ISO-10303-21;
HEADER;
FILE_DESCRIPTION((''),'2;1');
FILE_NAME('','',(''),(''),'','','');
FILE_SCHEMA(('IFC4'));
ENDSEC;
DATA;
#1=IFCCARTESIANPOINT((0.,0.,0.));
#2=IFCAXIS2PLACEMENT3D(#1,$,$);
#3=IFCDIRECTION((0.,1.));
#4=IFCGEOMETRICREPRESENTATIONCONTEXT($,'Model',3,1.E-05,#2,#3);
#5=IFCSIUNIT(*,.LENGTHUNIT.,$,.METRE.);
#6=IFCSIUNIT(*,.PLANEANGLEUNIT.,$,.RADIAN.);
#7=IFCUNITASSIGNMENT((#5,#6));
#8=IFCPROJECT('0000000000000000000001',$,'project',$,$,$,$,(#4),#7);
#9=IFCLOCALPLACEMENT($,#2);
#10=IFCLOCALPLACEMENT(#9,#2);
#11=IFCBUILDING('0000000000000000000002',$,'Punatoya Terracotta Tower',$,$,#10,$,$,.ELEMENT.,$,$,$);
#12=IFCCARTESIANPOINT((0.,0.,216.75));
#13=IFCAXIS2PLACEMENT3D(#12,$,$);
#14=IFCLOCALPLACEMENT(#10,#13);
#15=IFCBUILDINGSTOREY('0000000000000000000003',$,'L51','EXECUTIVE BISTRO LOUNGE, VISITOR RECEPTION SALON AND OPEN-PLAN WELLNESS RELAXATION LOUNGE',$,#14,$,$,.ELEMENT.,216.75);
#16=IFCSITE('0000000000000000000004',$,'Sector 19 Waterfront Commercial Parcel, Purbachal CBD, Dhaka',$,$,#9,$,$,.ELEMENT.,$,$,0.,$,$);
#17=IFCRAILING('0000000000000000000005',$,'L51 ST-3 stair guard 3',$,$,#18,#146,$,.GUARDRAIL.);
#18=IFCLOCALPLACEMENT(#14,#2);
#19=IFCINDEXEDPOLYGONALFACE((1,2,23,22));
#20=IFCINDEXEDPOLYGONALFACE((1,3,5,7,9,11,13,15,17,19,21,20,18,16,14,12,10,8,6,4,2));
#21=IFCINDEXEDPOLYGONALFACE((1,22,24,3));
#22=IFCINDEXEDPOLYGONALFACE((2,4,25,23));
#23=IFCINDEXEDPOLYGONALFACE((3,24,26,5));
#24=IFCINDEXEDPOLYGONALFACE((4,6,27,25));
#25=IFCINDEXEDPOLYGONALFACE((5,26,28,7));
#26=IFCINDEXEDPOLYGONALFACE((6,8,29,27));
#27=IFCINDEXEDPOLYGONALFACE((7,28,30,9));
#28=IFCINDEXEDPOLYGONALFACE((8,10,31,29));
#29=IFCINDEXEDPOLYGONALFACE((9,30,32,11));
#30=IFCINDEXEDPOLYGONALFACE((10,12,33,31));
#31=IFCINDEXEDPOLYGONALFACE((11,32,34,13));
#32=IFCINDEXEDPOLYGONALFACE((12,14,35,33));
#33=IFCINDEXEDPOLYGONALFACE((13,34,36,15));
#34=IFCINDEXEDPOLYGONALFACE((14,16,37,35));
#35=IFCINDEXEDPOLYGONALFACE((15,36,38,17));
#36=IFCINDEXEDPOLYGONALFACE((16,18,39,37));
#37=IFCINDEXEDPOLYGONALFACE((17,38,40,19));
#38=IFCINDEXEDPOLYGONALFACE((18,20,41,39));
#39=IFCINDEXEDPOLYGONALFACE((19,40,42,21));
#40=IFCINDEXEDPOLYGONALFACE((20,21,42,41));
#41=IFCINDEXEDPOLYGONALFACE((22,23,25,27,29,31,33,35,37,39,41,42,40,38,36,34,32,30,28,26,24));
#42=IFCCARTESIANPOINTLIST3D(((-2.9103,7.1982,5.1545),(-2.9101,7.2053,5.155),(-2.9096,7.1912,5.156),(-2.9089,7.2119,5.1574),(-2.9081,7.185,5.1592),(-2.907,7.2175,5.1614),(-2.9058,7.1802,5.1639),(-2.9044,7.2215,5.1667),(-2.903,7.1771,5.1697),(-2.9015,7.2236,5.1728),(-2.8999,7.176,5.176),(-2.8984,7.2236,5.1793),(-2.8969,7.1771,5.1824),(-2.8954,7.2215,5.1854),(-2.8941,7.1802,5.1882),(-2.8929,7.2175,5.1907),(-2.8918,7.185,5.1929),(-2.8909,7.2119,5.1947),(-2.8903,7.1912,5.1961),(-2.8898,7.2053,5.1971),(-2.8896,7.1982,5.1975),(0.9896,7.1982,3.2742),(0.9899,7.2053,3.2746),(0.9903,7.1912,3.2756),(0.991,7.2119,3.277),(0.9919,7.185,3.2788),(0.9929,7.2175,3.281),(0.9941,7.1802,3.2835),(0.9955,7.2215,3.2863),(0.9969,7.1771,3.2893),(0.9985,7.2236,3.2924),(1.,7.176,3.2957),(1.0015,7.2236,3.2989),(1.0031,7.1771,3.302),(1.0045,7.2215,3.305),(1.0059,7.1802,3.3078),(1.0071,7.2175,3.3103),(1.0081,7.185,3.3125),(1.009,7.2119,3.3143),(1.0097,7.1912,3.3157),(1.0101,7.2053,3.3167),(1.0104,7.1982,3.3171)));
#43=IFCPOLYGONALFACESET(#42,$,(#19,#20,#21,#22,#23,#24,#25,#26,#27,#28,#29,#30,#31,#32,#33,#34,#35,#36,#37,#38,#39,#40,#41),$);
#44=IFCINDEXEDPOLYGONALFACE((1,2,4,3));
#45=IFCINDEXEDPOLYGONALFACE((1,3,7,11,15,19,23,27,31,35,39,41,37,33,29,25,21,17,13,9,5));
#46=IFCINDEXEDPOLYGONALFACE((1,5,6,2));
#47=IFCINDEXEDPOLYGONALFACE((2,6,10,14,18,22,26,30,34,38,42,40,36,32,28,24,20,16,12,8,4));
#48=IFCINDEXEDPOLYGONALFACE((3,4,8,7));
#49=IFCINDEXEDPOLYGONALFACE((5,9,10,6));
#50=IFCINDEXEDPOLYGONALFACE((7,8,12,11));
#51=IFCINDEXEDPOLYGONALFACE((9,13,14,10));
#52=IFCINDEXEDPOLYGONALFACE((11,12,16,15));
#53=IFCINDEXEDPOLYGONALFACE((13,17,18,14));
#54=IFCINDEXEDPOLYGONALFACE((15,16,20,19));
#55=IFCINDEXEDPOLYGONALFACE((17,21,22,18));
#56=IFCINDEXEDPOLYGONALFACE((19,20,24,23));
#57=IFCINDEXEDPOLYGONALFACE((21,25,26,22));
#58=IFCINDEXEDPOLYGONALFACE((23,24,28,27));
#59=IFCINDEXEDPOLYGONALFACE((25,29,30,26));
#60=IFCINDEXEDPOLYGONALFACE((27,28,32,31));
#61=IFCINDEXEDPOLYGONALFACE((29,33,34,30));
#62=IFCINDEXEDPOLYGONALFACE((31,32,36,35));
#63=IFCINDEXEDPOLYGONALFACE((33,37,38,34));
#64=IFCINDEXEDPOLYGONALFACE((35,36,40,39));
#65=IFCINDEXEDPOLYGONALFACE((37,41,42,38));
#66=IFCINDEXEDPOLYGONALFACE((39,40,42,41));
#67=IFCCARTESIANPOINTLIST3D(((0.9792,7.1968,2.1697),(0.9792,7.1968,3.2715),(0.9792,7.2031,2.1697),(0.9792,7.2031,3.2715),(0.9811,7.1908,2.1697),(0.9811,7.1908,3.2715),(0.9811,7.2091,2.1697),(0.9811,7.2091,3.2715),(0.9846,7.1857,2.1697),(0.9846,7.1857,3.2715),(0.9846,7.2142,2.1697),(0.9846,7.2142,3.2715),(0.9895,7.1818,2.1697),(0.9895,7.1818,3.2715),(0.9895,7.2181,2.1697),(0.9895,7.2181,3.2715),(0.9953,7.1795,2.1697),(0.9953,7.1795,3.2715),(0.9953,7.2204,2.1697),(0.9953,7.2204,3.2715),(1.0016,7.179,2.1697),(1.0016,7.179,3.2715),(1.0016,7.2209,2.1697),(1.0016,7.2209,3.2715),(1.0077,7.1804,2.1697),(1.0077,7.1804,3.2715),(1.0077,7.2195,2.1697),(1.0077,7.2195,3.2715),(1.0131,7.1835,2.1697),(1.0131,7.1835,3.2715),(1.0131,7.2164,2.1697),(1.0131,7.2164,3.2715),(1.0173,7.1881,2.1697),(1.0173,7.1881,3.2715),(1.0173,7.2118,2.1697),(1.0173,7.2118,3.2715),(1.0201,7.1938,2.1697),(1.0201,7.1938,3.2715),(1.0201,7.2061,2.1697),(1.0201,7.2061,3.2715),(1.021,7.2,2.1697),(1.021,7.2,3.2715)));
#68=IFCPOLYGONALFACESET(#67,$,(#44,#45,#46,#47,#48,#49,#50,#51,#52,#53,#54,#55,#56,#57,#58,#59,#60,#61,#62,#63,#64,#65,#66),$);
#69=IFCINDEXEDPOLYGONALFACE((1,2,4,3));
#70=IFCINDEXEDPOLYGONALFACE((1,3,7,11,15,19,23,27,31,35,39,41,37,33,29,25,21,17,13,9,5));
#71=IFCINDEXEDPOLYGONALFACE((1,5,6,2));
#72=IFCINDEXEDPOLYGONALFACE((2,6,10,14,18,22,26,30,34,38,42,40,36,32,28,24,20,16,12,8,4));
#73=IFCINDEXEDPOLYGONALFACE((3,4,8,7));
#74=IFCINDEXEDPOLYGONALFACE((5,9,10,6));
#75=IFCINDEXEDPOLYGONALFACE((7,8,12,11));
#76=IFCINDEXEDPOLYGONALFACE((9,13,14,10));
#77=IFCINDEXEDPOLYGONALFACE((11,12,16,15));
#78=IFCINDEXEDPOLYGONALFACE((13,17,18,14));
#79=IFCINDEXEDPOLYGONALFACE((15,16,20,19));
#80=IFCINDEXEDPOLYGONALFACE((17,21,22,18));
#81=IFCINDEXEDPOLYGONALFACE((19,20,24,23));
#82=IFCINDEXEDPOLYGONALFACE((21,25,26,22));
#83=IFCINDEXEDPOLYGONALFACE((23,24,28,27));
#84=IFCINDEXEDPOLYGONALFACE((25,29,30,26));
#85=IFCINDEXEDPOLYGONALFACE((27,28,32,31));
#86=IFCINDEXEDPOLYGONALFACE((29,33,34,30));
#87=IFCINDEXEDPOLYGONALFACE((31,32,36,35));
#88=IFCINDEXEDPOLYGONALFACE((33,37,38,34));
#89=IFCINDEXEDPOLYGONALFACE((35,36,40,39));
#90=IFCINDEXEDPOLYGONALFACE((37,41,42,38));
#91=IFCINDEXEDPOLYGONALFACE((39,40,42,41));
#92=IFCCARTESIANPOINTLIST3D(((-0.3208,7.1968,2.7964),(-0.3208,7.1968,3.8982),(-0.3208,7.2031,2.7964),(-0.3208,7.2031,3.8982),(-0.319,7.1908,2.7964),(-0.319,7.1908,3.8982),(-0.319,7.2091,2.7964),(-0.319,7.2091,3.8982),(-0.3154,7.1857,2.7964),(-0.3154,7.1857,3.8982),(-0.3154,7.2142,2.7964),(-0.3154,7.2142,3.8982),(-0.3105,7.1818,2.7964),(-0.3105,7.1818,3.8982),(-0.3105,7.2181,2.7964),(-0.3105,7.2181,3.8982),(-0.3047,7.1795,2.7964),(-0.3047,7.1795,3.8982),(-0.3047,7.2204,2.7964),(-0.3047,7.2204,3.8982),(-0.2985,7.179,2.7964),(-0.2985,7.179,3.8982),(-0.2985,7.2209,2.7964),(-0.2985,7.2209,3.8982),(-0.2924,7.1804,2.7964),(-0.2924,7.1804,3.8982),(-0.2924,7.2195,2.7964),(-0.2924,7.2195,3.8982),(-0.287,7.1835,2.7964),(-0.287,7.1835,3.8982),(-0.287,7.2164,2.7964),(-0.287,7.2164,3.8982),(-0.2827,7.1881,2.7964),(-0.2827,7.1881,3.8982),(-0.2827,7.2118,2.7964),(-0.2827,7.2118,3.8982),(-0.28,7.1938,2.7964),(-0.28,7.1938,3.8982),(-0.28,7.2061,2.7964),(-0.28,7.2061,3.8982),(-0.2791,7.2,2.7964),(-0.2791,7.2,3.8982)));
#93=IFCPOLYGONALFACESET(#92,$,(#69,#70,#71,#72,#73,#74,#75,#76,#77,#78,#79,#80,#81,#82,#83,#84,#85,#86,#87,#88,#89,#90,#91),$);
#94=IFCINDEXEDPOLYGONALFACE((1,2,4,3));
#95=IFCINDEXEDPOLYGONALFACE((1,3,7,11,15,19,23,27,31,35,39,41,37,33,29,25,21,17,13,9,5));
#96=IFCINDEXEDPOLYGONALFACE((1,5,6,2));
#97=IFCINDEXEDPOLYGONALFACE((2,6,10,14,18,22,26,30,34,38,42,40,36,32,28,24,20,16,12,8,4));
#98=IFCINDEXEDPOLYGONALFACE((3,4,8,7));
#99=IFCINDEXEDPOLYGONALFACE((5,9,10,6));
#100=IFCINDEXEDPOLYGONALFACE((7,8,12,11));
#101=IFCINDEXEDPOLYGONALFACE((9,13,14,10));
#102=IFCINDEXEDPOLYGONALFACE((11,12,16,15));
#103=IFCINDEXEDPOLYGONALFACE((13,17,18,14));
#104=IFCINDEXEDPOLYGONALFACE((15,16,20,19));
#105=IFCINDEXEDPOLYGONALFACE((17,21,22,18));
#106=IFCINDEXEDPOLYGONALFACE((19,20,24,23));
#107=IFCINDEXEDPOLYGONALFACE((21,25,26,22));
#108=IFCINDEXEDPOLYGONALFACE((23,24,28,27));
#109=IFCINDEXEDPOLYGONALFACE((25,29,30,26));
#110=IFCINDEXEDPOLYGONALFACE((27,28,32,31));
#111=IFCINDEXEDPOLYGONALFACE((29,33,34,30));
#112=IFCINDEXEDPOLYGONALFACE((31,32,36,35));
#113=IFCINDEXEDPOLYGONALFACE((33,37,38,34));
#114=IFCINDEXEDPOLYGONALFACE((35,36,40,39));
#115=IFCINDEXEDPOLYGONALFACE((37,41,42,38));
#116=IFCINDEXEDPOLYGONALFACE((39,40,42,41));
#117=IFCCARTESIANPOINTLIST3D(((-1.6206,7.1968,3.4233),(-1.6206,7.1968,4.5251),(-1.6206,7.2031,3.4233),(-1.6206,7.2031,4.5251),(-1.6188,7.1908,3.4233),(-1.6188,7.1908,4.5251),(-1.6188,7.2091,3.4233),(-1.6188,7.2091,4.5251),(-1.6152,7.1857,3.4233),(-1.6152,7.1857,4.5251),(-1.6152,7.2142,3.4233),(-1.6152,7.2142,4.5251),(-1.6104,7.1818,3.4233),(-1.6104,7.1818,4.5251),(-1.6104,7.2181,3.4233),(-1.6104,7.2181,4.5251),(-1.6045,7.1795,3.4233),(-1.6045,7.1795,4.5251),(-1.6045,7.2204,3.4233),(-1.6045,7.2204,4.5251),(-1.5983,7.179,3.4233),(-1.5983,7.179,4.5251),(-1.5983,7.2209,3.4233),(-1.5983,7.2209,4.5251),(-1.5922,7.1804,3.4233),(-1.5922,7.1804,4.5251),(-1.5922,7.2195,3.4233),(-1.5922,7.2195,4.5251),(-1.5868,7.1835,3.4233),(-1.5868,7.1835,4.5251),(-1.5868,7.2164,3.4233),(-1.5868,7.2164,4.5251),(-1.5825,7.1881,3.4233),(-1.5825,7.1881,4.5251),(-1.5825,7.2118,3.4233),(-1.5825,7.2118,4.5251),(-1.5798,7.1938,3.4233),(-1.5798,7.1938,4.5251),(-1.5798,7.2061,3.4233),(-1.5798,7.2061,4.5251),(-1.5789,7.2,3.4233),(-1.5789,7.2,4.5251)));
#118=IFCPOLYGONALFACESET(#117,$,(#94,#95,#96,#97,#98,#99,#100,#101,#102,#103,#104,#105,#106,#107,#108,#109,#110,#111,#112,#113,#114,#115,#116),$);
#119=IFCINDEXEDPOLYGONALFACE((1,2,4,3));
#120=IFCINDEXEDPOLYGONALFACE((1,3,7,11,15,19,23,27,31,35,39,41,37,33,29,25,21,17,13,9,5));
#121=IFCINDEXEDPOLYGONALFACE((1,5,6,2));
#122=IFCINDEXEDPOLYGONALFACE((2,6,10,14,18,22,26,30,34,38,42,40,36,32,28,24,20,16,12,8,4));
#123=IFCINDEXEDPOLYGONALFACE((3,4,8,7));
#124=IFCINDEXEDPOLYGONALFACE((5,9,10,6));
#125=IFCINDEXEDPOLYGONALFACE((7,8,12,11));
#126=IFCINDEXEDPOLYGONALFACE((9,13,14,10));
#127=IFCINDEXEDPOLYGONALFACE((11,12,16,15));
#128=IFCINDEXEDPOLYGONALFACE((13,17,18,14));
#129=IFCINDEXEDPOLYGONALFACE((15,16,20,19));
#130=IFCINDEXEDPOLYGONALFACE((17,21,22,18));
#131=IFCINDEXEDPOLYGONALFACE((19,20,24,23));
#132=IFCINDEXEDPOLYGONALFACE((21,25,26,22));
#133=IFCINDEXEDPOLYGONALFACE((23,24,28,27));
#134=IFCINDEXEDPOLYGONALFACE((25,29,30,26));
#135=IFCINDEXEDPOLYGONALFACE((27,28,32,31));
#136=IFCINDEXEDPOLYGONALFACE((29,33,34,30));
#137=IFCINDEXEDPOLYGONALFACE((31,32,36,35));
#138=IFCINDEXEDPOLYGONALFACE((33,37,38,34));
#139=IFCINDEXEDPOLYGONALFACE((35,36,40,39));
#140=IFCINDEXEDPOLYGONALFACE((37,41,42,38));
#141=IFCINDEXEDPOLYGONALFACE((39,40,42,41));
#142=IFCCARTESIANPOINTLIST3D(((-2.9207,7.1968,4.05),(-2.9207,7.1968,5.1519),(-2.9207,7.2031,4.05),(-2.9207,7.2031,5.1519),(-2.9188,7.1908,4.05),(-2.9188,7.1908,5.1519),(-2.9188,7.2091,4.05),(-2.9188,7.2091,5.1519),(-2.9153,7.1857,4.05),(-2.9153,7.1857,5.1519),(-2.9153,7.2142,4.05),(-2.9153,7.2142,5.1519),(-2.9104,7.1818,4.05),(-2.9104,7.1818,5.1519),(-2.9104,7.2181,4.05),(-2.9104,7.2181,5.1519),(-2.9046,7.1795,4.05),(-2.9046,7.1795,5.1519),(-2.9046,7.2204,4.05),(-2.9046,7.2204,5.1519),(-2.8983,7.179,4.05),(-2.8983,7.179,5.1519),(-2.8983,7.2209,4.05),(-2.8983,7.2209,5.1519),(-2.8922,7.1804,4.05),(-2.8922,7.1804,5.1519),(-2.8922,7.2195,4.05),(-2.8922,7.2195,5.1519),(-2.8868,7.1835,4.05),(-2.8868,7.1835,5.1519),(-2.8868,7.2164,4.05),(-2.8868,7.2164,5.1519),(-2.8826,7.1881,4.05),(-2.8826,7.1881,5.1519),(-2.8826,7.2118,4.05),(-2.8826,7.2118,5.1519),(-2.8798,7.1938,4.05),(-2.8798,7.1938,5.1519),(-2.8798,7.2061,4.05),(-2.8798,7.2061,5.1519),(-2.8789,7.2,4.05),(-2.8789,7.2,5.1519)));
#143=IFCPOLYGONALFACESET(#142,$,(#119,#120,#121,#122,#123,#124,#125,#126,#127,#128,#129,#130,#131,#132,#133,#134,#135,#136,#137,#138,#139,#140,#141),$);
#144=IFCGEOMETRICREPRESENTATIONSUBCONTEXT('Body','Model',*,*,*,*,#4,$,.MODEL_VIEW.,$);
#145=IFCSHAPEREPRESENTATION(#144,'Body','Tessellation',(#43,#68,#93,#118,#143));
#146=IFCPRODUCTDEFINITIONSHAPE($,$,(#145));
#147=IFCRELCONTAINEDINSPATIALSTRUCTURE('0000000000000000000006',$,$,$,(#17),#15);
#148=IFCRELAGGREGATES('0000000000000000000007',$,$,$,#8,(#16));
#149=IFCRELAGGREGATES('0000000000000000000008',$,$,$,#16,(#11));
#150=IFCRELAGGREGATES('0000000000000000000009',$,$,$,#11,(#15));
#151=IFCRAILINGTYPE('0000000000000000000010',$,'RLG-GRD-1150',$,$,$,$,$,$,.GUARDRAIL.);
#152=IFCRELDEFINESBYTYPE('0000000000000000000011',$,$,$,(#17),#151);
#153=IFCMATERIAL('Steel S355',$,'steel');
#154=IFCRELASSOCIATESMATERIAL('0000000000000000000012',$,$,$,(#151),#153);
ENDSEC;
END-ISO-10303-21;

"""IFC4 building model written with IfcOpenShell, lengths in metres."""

from ifc_helpers import new_model, si_unit, direction, frame, origin, origin_2d, place, context, subcontext, project, spatial, circle, extrude, material, type_object, element, save


model = new_model("IFC4")

# Units and contexts
model_context = context("Model", 3, precision=1e-05, world=origin(), true_north=direction((0.0, 1.0)))
body_context = subcontext(model_context, "Body", "Model", "MODEL_VIEW")
ifc_project = project(units=[si_unit("LENGTHUNIT", "METRE"), si_unit("PLANEANGLEUNIT", "RADIAN")], contexts=[model_context])

# Site, building, storey
site_placement = place(None, origin())
site = spatial("IfcSite", under=ifc_project, at=site_placement, Name="Sector 19 Waterfront Commercial Parcel, Purbachal CBD, Dhaka", CompositionType="ELEMENT", RefElevation=0.0)
building_placement = place(site_placement, origin())
building = spatial("IfcBuilding", under=site, at=building_placement, Name="Punatoya Terracotta Tower", CompositionType="ELEMENT")
storey_placement = place(building_placement, frame((0.0, 0.0, 216.75)))
storey = spatial("IfcBuildingStorey", under=building, at=storey_placement, Name="L51", Description="EXECUTIVE BISTRO LOUNGE, VISITOR RECEPTION SALON AND OPEN-PLAN WELLNESS RELAXATION LOUNGE", CompositionType="ELEMENT", Elevation=216.75)

# Shared definitions
ifc_material_1 = material(Name="Steel S355", Category="steel")

# Railing
railing_type_1 = type_object("IfcRailingType", Name="RLG-GRD-1150", PredefinedType="GUARDRAIL", material=ifc_material_1)
railing_1_placement = place(storey_placement, frame((1.0, 7.2, 2.1697)))
element("IfcRailing", 1, at=railing_1_placement, inside=storey, type_object=railing_type_1, Name="L51 ST-3 stair guard 3", PredefinedType="GUARDRAIL", context=body_context, shape_type="SweptSolid", body=[
    extrude(circle(Radius=0.0239, at=origin_2d()), frame((0.0, 0.0, 1.126), z_axis=(-0.900763, 0.0, 0.434311), x_axis=(0.0, -1.0, 0.0)), (0.0, 0.0, 1.0), 4.3296),
    extrude(circle(Radius=0.021, at=origin_2d()), origin(), (0.0, 0.0, 1.0), 1.1018),
    extrude(circle(Radius=0.021, at=origin_2d()), frame((-1.3, 0.0, 0.6267)), (0.0, 0.0, 1.0), 1.1018),
    extrude(circle(Radius=0.021, at=origin_2d()), frame((-2.5999, 0.0, 1.2537)), (0.0, 0.0, 1.0), 1.1018),
    extrude(circle(Radius=0.021, at=origin_2d()), frame((-3.8999, 0.0, 1.8804)), (0.0, 0.0, 1.0), 1.1018),
])

save(model, "model.ifc")
